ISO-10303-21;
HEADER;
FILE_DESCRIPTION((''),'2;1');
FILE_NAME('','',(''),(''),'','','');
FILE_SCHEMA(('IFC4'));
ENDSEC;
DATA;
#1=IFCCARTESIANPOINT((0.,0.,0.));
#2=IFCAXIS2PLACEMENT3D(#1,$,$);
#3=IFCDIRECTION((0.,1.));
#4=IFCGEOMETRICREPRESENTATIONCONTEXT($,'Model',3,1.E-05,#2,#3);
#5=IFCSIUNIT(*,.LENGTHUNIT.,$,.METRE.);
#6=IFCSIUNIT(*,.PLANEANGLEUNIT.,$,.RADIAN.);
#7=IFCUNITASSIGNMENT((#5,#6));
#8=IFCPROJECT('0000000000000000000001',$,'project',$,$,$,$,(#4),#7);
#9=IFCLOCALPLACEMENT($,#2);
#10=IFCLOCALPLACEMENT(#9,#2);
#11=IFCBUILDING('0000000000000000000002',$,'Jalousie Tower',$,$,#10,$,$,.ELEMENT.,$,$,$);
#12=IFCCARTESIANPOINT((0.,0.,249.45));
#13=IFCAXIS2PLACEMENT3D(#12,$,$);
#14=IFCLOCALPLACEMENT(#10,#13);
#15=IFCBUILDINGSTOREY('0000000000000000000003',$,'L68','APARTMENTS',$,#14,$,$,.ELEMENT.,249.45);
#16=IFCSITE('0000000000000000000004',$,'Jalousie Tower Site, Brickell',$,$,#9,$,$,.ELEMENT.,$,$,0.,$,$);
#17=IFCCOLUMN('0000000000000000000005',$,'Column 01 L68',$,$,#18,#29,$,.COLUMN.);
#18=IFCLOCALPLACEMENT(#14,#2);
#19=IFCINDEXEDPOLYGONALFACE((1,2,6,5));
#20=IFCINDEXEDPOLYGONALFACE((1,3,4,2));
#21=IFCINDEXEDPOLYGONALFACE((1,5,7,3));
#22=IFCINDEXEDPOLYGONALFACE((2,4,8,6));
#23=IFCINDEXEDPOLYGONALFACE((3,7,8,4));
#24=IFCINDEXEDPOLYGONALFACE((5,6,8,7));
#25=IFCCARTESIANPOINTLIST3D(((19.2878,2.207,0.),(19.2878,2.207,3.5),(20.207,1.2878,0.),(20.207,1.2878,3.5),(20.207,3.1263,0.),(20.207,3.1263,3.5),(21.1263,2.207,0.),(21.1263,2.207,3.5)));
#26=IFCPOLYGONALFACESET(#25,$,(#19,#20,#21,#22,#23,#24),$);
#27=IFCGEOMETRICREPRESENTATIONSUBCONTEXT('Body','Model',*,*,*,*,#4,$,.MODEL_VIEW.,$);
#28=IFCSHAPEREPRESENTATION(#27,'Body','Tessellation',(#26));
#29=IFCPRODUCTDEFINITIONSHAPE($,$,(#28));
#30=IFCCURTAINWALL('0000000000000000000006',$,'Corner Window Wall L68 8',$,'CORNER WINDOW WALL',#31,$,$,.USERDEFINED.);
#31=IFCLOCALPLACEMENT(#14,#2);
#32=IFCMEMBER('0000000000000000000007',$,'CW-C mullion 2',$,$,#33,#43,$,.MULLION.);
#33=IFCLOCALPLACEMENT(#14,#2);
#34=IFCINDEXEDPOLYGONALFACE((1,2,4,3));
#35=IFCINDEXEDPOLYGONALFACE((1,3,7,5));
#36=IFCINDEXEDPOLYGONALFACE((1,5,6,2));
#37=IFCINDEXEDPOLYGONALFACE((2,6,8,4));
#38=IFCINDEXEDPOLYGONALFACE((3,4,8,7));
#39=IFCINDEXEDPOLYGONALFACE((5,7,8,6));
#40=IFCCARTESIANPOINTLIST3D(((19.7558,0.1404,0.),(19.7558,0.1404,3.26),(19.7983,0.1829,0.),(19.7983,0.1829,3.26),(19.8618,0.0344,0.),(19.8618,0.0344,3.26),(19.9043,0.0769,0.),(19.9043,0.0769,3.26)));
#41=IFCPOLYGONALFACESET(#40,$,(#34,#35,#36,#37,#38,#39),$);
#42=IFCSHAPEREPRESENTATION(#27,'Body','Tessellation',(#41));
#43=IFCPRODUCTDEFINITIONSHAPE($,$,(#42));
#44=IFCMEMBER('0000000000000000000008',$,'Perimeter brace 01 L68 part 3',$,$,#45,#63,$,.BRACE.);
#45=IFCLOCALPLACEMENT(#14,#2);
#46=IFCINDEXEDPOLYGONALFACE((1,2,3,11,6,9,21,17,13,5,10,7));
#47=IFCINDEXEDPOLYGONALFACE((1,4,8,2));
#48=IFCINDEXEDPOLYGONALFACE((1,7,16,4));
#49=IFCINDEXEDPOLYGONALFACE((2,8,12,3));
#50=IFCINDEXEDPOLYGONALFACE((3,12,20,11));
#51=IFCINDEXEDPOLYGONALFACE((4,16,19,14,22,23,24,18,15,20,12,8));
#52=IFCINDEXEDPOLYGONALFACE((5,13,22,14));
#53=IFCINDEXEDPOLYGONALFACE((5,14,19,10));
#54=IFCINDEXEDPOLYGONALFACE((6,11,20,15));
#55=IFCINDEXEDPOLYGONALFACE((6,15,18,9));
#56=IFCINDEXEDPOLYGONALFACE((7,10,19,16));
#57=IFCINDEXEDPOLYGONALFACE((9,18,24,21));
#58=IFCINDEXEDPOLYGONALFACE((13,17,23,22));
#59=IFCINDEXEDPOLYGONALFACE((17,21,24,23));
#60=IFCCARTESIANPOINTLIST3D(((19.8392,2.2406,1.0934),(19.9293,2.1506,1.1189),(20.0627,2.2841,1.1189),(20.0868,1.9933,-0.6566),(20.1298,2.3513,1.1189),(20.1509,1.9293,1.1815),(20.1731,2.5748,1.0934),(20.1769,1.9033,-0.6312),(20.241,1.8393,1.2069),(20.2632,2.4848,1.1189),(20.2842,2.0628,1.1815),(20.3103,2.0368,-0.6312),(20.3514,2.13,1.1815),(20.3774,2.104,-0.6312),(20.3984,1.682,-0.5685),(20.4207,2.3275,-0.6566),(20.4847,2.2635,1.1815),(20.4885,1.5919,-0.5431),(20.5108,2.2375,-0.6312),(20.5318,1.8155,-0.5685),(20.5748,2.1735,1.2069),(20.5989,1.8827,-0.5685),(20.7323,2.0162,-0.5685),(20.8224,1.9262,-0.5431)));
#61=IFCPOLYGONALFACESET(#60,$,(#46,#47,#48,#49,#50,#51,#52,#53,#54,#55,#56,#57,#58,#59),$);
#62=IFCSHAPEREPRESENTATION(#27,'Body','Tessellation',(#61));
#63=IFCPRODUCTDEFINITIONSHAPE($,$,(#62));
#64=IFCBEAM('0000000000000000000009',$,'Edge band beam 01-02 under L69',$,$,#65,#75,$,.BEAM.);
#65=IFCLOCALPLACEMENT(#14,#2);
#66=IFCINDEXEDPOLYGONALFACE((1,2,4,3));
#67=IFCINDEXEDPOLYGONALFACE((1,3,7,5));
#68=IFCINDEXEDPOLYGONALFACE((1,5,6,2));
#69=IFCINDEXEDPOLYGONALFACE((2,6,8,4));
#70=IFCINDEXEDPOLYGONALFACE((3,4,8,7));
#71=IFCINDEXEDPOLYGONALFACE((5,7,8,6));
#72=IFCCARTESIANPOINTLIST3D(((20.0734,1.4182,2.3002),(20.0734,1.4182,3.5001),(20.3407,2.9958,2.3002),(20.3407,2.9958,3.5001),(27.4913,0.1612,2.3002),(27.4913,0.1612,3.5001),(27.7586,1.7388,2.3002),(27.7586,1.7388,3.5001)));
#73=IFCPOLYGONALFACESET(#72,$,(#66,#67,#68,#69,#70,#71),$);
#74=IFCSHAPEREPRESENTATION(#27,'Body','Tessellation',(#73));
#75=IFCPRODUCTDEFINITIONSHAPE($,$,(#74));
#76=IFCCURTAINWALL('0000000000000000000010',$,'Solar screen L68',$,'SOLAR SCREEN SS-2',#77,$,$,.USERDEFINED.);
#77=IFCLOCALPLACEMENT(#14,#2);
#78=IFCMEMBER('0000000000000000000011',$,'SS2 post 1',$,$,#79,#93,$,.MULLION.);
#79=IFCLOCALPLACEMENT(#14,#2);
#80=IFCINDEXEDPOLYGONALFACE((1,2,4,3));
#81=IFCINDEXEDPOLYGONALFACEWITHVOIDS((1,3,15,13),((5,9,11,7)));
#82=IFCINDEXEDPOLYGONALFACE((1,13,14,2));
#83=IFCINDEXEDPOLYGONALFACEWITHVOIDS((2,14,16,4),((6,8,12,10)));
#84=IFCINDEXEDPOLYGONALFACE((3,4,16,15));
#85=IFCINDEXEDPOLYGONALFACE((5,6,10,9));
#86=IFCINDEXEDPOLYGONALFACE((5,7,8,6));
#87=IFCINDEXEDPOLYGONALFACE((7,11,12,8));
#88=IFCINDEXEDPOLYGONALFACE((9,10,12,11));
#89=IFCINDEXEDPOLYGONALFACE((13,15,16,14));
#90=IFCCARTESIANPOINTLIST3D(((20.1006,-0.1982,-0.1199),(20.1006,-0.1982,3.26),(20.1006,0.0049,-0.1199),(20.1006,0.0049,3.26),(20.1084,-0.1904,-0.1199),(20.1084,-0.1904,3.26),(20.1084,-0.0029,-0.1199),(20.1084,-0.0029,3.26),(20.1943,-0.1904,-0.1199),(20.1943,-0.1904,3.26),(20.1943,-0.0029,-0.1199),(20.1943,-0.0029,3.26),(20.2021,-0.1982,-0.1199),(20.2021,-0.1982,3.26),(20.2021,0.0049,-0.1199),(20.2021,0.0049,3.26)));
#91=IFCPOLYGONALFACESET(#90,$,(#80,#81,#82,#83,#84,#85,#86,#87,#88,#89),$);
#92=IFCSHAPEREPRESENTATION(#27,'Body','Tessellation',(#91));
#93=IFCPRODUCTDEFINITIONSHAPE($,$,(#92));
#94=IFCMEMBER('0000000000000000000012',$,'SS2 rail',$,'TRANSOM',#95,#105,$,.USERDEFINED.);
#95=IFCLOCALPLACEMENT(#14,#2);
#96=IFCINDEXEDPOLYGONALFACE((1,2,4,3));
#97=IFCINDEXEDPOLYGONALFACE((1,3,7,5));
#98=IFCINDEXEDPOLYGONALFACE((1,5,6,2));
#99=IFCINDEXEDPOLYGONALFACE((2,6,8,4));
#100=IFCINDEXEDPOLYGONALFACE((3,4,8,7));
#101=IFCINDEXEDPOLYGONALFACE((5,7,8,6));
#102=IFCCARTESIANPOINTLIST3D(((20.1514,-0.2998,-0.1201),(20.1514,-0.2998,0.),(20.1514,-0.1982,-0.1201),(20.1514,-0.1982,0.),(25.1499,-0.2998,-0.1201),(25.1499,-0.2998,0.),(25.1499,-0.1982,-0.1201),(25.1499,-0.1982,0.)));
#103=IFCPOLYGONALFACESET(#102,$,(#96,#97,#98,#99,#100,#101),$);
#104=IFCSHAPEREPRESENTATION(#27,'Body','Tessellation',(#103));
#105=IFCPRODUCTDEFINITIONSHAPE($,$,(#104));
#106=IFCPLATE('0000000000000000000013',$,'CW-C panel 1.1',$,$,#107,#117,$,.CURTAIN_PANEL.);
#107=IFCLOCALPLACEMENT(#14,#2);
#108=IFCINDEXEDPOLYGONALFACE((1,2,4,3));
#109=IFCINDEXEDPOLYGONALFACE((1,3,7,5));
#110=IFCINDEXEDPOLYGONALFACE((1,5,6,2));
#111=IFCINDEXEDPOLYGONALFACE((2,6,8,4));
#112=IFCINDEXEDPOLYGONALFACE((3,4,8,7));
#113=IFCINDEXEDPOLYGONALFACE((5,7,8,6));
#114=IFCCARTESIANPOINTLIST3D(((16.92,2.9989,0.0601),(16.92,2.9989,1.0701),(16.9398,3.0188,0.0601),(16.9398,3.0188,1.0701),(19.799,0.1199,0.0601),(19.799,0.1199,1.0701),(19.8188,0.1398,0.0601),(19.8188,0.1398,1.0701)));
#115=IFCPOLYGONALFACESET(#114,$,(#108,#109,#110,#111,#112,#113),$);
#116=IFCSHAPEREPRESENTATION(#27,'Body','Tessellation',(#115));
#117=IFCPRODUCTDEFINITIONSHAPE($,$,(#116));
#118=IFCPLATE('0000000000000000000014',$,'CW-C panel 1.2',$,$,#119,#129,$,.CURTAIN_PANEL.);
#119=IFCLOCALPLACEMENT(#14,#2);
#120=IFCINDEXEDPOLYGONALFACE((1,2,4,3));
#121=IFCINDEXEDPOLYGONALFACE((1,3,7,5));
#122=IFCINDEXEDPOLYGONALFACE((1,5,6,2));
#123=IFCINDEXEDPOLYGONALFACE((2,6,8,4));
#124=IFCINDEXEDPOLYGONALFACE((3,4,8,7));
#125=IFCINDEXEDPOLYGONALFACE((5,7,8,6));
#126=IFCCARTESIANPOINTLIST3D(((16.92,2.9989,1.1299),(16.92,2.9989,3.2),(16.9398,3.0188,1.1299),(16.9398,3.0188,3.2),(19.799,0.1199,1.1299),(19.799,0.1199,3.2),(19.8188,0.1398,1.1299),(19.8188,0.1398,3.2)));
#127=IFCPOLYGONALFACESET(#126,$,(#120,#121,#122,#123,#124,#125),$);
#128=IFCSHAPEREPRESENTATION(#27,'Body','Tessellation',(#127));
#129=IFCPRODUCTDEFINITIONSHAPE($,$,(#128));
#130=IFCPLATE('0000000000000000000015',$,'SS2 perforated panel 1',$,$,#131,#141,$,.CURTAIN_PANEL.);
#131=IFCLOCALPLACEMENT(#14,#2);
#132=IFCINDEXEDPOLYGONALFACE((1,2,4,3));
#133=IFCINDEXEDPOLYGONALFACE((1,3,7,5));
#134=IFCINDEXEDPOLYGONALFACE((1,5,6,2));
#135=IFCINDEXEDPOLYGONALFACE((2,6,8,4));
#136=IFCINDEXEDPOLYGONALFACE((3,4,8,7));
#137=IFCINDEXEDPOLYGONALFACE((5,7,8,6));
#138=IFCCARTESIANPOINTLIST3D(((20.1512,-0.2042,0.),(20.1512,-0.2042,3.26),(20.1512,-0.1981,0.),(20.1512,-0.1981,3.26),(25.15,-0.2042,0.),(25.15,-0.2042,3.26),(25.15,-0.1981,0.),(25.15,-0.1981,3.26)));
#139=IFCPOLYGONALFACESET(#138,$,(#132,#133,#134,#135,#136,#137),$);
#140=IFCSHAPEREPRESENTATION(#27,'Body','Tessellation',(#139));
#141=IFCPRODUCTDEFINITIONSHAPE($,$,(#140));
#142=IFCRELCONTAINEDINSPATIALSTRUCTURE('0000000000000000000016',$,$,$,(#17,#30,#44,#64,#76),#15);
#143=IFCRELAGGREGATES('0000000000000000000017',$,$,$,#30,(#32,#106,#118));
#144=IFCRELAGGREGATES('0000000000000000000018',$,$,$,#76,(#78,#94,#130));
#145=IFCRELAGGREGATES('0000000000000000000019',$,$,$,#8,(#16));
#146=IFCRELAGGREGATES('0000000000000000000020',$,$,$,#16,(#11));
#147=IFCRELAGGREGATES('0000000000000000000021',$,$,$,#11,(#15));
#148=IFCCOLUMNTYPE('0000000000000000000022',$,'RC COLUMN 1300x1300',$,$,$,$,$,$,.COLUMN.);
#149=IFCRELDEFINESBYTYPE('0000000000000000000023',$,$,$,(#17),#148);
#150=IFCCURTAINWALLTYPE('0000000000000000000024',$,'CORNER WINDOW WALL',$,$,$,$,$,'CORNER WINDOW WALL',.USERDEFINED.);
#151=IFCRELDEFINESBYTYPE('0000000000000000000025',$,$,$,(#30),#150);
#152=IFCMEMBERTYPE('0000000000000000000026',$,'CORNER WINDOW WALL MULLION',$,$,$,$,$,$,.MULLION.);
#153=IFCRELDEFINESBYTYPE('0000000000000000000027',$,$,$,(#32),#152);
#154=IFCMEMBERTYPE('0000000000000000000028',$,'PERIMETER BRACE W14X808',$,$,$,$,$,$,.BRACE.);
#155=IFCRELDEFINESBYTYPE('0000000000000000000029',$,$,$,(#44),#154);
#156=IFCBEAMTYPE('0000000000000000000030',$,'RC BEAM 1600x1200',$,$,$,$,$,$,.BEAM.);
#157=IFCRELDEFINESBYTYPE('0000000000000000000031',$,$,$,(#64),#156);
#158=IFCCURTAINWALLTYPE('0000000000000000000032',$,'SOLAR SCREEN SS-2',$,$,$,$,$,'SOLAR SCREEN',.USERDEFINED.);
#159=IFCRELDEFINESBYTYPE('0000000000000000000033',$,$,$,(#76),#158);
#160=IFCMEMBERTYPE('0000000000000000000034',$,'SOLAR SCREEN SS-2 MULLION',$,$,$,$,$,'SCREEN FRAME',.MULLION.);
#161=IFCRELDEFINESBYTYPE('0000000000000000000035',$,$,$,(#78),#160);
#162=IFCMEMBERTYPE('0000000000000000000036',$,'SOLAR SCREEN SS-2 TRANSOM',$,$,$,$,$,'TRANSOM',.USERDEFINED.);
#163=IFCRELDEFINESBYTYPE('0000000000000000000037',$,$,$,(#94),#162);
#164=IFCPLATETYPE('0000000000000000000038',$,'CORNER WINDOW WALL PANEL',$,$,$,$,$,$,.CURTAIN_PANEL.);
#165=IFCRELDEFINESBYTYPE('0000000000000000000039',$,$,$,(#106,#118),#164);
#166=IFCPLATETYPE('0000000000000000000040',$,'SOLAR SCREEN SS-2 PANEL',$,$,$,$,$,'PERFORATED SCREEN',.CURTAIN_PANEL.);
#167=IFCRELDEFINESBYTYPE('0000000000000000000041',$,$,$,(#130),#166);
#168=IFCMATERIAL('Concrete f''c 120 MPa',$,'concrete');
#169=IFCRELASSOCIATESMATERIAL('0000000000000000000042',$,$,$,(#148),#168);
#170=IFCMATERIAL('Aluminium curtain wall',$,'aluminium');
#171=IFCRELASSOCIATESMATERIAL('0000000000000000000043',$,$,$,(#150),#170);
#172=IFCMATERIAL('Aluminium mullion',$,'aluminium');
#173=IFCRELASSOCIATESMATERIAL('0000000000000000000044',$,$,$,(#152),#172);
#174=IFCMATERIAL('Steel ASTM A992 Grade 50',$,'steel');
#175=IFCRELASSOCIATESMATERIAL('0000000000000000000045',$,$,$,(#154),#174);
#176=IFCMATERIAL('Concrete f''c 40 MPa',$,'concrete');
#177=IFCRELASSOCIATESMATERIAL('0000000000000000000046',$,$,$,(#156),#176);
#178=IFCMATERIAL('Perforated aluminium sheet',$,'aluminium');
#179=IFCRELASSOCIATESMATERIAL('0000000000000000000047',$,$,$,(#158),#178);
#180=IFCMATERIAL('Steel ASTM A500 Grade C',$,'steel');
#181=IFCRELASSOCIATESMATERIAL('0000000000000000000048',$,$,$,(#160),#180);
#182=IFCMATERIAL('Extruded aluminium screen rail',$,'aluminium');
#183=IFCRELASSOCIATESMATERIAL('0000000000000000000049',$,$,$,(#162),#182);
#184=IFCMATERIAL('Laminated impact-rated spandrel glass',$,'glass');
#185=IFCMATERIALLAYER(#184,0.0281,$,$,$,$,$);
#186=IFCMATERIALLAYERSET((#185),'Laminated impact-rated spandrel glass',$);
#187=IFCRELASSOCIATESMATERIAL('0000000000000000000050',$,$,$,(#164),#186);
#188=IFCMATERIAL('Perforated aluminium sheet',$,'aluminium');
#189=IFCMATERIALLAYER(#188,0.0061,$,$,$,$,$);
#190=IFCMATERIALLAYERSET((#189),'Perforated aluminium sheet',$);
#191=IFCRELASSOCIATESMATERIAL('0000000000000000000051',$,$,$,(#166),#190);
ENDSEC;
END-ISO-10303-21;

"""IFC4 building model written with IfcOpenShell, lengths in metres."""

from ifc_helpers import new_model, si_unit, direction, frame, origin, origin_2d, place, context, subcontext, project, spatial, rectangle, hollow_rectangle, i_section, extrude, material, layer, layer_set, material_profile, profile_set, type_object, element, aggregate, save


model = new_model("IFC4")

# Units and contexts
model_context = context("Model", 3, precision=1e-05, world=origin(), true_north=direction((0.0, 1.0)))
body_context = subcontext(model_context, "Body", "Model", "MODEL_VIEW")
ifc_project = project(units=[si_unit("LENGTHUNIT", "METRE"), si_unit("PLANEANGLEUNIT", "RADIAN")], contexts=[model_context])

# Site, building, storey
site_placement = place(None, origin())
site = spatial("IfcSite", under=ifc_project, at=site_placement, Name="Jalousie Tower Site, Brickell", CompositionType="ELEMENT", RefElevation=0.0)
building_placement = place(site_placement, origin())
building = spatial("IfcBuilding", under=site, at=building_placement, Name="Jalousie Tower", CompositionType="ELEMENT")
storey_placement = place(building_placement, frame((0.0, 0.0, 249.45)))
storey = spatial("IfcBuildingStorey", under=building, at=storey_placement, Name="L68", Description="APARTMENTS", CompositionType="ELEMENT", Elevation=249.45)

# Column
ifc_material_1 = material(Name="Concrete f'c 120 MPa", Category="concrete")
ifc_material_profile_1 = material_profile(ifc_material_1, rectangle(XDim=1.3, YDim=1.3, at=origin_2d()), Name="RC 1300x1300")
ifc_profile_set_1 = profile_set([ifc_material_profile_1], Name="Concrete f'c 120 MPa")
column_type = type_object("IfcColumnType", Name="RC COLUMN 1300x1300", PredefinedType="COLUMN", material=ifc_profile_set_1)
column_placement = place(storey_placement, frame((20.207, 2.207, 0.0), z_axis=(0.0, 0.0, 1.0), x_axis=(0.707107, 0.707107, 0.0)))
element("IfcColumn", 1, at=column_placement, inside=storey, type_object=column_type, Name="Column 01 L68", PredefinedType="COLUMN", context=body_context, shape_type="SweptSolid", body=[
    extrude(rectangle(XDim=1.3, YDim=1.3, at=origin_2d()), origin(), (0.0, 0.0, 1.0), 3.5),
])

# Curtain wall, member
ifc_material_2 = material(Name="Aluminium curtain wall", Category="aluminium")
curtain_wall_type_1 = type_object("IfcCurtainWallType", Name="CORNER WINDOW WALL", ElementType="CORNER WINDOW WALL", PredefinedType="USERDEFINED", material=ifc_material_2)
curtain_wall_1_placement = place(storey_placement, origin())
curtain_wall_1 = element("IfcCurtainWall", 2, at=curtain_wall_1_placement, inside=storey, type_object=curtain_wall_type_1, Name="Corner Window Wall L68 8", ObjectType="CORNER WINDOW WALL", PredefinedType="USERDEFINED")
ifc_material_3 = material(Name="Aluminium mullion", Category="aluminium")
ifc_material_profile_2 = material_profile(ifc_material_3, rectangle(XDim=0.0601, YDim=0.1499, at=origin_2d()), Name="MULLION 60x150")
ifc_profile_set_2 = profile_set([ifc_material_profile_2], Name="Aluminium mullion")
member_type_1 = type_object("IfcMemberType", Name="CORNER WINDOW WALL MULLION", PredefinedType="MULLION", material=ifc_profile_set_2)
member_1_placement = place(storey_placement, frame((19.8301, 0.1086, 0.0), z_axis=(0.0, 0.0, 1.0), x_axis=(0.707107, 0.707107, 0.0)))
member_1 = element("IfcMember", 3, at=member_1_placement, type_object=member_type_1, Name="CW-C mullion 2", PredefinedType="MULLION", context=body_context, shape_type="SweptSolid", body=[
    extrude(rectangle(XDim=0.0601, YDim=0.1499, at=origin_2d()), origin(), (0.0, 0.0, 1.0), 3.26),
])

# Member
ifc_material_4 = material(Name="Steel ASTM A992 Grade 50", Category="steel")
ifc_material_profile_3 = material_profile(ifc_material_4, i_section(OverallWidth=0.4724, OverallDepth=0.5791, WebThickness=0.095, FlangeThickness=0.1299, at=origin_2d()), Name="W14X808")
ifc_profile_set_3 = profile_set([ifc_material_profile_3], Name="Steel ASTM A992 Grade 50")
member_type_2 = type_object("IfcMemberType", Name="PERIMETER BRACE W14X808", PredefinedType="BRACE", material=ifc_profile_set_3)
member_2_placement = place(storey_placement, frame((20.4546, 1.9597, -0.5999), z_axis=(-0.138716, 0.138579, 0.980588), x_axis=(-0.706758, -0.707456, 0.0)))
element("IfcMember", 4, at=member_2_placement, inside=storey, type_object=member_type_2, Name="Perimeter brace 01 L68 part 3", PredefinedType="BRACE", context=body_context, shape_type="SweptSolid", body=[
    extrude(i_section(OverallWidth=0.4724, OverallDepth=0.5791, WebThickness=0.095, FlangeThickness=0.1299, at=origin_2d()), origin(), (0.0, 0.0, 1.0), 1.7847),
])

# Beam
ifc_material_5 = material(Name="Concrete f'c 40 MPa", Category="concrete")
ifc_material_profile_4 = material_profile(ifc_material_5, rectangle(XDim=1.6001, YDim=1.2, at=origin_2d()), Name="RC 1600x1200")
ifc_profile_set_4 = profile_set([ifc_material_profile_4], Name="Concrete f'c 40 MPa")
beam_type = type_object("IfcBeamType", Name="RC BEAM 1600x1200", PredefinedType="BEAM", material=ifc_profile_set_4)
beam_placement = place(storey_placement, frame((20.207, 2.207, 2.9001), z_axis=(0.985943, -0.167082, 0.0), x_axis=(0.167082, 0.985943, 0.0)))
element("IfcBeam", 5, at=beam_placement, inside=storey, type_object=beam_type, Name="Edge band beam 01-02 under L69", PredefinedType="BEAM", context=body_context, shape_type="SweptSolid", body=[
    extrude(rectangle(XDim=1.6001, YDim=1.2, at=origin_2d()), origin(), (0.0, 0.0, 1.0), 7.5237),
])

# Curtain wall, members
ifc_material_6 = material(Name="Perforated aluminium sheet", Category="aluminium")
curtain_wall_type_2 = type_object("IfcCurtainWallType", Name="SOLAR SCREEN SS-2", ElementType="SOLAR SCREEN", PredefinedType="USERDEFINED", material=ifc_material_6)
curtain_wall_2_placement = place(storey_placement, origin())
curtain_wall_2 = element("IfcCurtainWall", 6, at=curtain_wall_2_placement, inside=storey, type_object=curtain_wall_type_2, Name="Solar screen L68", ObjectType="SOLAR SCREEN SS-2", PredefinedType="USERDEFINED")
ifc_material_7 = material(Name="Steel ASTM A500 Grade C", Category="steel")
ifc_material_profile_5 = material_profile(ifc_material_7, hollow_rectangle(XDim=0.1016, YDim=0.2031, WallThickness=0.0078, at=origin_2d()), Name="HSS8X4X5/16")
ifc_profile_set_5 = profile_set([ifc_material_profile_5], Name="Steel ASTM A500 Grade C")
member_type_3 = type_object("IfcMemberType", Name="SOLAR SCREEN SS-2 MULLION", ElementType="SCREEN FRAME", PredefinedType="MULLION", material=ifc_profile_set_5)
member_3_placement = place(storey_placement, frame((20.1514, -0.0967, -0.1199), z_axis=(0.0, 0.0, 1.0), x_axis=(1.0, 0.0, 0.0)))
member_3 = element("IfcMember", 7, at=member_3_placement, type_object=member_type_3, Name="SS2 post 1", PredefinedType="MULLION", context=body_context, shape_type="SweptSolid", body=[
    extrude(hollow_rectangle(XDim=0.1016, YDim=0.2031, WallThickness=0.0078, at=origin_2d()), origin(), (0.0, 0.0, 1.0), 3.3799),
])
ifc_material_8 = material(Name="Extruded aluminium screen rail", Category="aluminium")
ifc_material_profile_6 = material_profile(ifc_material_8, rectangle(XDim=0.1016, YDim=0.1201, at=origin_2d()), Name="RAIL 102x120")
ifc_profile_set_6 = profile_set([ifc_material_profile_6], Name="Extruded aluminium screen rail")
member_type_4 = type_object("IfcMemberType", Name="SOLAR SCREEN SS-2 TRANSOM", ElementType="TRANSOM", PredefinedType="USERDEFINED", material=ifc_profile_set_6)
member_4_placement = place(storey_placement, frame((20.1514, -0.249, -0.0601), z_axis=(1.0, 0.0, 0.0), x_axis=(0.0, 1.0, 0.0)))
member_4 = element("IfcMember", 8, at=member_4_placement, type_object=member_type_4, Name="SS2 rail", ObjectType="TRANSOM", PredefinedType="USERDEFINED", context=body_context, shape_type="SweptSolid", body=[
    extrude(rectangle(XDim=0.1016, YDim=0.1201, at=origin_2d()), origin(), (0.0, 0.0, 1.0), 4.9985),
])

# Plates
ifc_material_9 = material(Name="Laminated impact-rated spandrel glass", Category="glass")
ifc_layer_1 = layer(ifc_material_9, 0.0281)
ifc_layer_set_1 = layer_set([ifc_layer_1], Name="Laminated impact-rated spandrel glass")
plate_type_1 = type_object("IfcPlateType", Name="CORNER WINDOW WALL PANEL", PredefinedType="CURTAIN_PANEL", material=ifc_layer_set_1)
plate_1_placement = place(storey_placement, frame((18.3694, 1.5693, 0.0601), z_axis=(0.0, 0.0, 1.0), x_axis=(0.707107, -0.707107, 0.0)))
plate_1 = element("IfcPlate", 9, at=plate_1_placement, type_object=plate_type_1, Name="CW-C panel 1.1", PredefinedType="CURTAIN_PANEL", context=body_context, shape_type="SweptSolid", body=[
    extrude(rectangle(XDim=4.0715, YDim=0.0281, at=origin_2d()), origin(), (0.0, 0.0, 1.0), 1.01),
])
plate_2_placement = place(storey_placement, frame((18.3694, 1.5693, 1.1299), z_axis=(0.0, 0.0, 1.0), x_axis=(0.707107, -0.707107, 0.0)))
plate_2 = element("IfcPlate", 10, at=plate_2_placement, type_object=plate_type_1, Name="CW-C panel 1.2", PredefinedType="CURTAIN_PANEL", context=body_context, shape_type="SweptSolid", body=[
    extrude(rectangle(XDim=4.0715, YDim=0.0281, at=origin_2d()), origin(), (0.0, 0.0, 1.0), 2.0701),
])
aggregate(curtain_wall_1, [member_1, plate_1, plate_2])
ifc_material_10 = material(Name="Perforated aluminium sheet", Category="aluminium")
ifc_layer_2 = layer(ifc_material_10, 0.0061)
ifc_layer_set_2 = layer_set([ifc_layer_2], Name="Perforated aluminium sheet")
plate_type_2 = type_object("IfcPlateType", Name="SOLAR SCREEN SS-2 PANEL", ElementType="PERFORATED SCREEN", PredefinedType="CURTAIN_PANEL", material=ifc_layer_set_2)
plate_3_placement = place(storey_placement, frame((22.6506, -0.2012, 0.0), z_axis=(0.0, 0.0, 1.0), x_axis=(1.0, 0.0, 0.0)))
plate_3 = element("IfcPlate", 11, at=plate_3_placement, type_object=plate_type_2, Name="SS2 perforated panel 1", PredefinedType="CURTAIN_PANEL", context=body_context, shape_type="SweptSolid", body=[
    extrude(rectangle(XDim=4.9988, YDim=0.0061, at=origin_2d()), origin(), (0.0, 0.0, 1.0), 3.26),
])
aggregate(curtain_wall_2, [member_3, member_4, plate_3])

save(model, "model.ifc")
